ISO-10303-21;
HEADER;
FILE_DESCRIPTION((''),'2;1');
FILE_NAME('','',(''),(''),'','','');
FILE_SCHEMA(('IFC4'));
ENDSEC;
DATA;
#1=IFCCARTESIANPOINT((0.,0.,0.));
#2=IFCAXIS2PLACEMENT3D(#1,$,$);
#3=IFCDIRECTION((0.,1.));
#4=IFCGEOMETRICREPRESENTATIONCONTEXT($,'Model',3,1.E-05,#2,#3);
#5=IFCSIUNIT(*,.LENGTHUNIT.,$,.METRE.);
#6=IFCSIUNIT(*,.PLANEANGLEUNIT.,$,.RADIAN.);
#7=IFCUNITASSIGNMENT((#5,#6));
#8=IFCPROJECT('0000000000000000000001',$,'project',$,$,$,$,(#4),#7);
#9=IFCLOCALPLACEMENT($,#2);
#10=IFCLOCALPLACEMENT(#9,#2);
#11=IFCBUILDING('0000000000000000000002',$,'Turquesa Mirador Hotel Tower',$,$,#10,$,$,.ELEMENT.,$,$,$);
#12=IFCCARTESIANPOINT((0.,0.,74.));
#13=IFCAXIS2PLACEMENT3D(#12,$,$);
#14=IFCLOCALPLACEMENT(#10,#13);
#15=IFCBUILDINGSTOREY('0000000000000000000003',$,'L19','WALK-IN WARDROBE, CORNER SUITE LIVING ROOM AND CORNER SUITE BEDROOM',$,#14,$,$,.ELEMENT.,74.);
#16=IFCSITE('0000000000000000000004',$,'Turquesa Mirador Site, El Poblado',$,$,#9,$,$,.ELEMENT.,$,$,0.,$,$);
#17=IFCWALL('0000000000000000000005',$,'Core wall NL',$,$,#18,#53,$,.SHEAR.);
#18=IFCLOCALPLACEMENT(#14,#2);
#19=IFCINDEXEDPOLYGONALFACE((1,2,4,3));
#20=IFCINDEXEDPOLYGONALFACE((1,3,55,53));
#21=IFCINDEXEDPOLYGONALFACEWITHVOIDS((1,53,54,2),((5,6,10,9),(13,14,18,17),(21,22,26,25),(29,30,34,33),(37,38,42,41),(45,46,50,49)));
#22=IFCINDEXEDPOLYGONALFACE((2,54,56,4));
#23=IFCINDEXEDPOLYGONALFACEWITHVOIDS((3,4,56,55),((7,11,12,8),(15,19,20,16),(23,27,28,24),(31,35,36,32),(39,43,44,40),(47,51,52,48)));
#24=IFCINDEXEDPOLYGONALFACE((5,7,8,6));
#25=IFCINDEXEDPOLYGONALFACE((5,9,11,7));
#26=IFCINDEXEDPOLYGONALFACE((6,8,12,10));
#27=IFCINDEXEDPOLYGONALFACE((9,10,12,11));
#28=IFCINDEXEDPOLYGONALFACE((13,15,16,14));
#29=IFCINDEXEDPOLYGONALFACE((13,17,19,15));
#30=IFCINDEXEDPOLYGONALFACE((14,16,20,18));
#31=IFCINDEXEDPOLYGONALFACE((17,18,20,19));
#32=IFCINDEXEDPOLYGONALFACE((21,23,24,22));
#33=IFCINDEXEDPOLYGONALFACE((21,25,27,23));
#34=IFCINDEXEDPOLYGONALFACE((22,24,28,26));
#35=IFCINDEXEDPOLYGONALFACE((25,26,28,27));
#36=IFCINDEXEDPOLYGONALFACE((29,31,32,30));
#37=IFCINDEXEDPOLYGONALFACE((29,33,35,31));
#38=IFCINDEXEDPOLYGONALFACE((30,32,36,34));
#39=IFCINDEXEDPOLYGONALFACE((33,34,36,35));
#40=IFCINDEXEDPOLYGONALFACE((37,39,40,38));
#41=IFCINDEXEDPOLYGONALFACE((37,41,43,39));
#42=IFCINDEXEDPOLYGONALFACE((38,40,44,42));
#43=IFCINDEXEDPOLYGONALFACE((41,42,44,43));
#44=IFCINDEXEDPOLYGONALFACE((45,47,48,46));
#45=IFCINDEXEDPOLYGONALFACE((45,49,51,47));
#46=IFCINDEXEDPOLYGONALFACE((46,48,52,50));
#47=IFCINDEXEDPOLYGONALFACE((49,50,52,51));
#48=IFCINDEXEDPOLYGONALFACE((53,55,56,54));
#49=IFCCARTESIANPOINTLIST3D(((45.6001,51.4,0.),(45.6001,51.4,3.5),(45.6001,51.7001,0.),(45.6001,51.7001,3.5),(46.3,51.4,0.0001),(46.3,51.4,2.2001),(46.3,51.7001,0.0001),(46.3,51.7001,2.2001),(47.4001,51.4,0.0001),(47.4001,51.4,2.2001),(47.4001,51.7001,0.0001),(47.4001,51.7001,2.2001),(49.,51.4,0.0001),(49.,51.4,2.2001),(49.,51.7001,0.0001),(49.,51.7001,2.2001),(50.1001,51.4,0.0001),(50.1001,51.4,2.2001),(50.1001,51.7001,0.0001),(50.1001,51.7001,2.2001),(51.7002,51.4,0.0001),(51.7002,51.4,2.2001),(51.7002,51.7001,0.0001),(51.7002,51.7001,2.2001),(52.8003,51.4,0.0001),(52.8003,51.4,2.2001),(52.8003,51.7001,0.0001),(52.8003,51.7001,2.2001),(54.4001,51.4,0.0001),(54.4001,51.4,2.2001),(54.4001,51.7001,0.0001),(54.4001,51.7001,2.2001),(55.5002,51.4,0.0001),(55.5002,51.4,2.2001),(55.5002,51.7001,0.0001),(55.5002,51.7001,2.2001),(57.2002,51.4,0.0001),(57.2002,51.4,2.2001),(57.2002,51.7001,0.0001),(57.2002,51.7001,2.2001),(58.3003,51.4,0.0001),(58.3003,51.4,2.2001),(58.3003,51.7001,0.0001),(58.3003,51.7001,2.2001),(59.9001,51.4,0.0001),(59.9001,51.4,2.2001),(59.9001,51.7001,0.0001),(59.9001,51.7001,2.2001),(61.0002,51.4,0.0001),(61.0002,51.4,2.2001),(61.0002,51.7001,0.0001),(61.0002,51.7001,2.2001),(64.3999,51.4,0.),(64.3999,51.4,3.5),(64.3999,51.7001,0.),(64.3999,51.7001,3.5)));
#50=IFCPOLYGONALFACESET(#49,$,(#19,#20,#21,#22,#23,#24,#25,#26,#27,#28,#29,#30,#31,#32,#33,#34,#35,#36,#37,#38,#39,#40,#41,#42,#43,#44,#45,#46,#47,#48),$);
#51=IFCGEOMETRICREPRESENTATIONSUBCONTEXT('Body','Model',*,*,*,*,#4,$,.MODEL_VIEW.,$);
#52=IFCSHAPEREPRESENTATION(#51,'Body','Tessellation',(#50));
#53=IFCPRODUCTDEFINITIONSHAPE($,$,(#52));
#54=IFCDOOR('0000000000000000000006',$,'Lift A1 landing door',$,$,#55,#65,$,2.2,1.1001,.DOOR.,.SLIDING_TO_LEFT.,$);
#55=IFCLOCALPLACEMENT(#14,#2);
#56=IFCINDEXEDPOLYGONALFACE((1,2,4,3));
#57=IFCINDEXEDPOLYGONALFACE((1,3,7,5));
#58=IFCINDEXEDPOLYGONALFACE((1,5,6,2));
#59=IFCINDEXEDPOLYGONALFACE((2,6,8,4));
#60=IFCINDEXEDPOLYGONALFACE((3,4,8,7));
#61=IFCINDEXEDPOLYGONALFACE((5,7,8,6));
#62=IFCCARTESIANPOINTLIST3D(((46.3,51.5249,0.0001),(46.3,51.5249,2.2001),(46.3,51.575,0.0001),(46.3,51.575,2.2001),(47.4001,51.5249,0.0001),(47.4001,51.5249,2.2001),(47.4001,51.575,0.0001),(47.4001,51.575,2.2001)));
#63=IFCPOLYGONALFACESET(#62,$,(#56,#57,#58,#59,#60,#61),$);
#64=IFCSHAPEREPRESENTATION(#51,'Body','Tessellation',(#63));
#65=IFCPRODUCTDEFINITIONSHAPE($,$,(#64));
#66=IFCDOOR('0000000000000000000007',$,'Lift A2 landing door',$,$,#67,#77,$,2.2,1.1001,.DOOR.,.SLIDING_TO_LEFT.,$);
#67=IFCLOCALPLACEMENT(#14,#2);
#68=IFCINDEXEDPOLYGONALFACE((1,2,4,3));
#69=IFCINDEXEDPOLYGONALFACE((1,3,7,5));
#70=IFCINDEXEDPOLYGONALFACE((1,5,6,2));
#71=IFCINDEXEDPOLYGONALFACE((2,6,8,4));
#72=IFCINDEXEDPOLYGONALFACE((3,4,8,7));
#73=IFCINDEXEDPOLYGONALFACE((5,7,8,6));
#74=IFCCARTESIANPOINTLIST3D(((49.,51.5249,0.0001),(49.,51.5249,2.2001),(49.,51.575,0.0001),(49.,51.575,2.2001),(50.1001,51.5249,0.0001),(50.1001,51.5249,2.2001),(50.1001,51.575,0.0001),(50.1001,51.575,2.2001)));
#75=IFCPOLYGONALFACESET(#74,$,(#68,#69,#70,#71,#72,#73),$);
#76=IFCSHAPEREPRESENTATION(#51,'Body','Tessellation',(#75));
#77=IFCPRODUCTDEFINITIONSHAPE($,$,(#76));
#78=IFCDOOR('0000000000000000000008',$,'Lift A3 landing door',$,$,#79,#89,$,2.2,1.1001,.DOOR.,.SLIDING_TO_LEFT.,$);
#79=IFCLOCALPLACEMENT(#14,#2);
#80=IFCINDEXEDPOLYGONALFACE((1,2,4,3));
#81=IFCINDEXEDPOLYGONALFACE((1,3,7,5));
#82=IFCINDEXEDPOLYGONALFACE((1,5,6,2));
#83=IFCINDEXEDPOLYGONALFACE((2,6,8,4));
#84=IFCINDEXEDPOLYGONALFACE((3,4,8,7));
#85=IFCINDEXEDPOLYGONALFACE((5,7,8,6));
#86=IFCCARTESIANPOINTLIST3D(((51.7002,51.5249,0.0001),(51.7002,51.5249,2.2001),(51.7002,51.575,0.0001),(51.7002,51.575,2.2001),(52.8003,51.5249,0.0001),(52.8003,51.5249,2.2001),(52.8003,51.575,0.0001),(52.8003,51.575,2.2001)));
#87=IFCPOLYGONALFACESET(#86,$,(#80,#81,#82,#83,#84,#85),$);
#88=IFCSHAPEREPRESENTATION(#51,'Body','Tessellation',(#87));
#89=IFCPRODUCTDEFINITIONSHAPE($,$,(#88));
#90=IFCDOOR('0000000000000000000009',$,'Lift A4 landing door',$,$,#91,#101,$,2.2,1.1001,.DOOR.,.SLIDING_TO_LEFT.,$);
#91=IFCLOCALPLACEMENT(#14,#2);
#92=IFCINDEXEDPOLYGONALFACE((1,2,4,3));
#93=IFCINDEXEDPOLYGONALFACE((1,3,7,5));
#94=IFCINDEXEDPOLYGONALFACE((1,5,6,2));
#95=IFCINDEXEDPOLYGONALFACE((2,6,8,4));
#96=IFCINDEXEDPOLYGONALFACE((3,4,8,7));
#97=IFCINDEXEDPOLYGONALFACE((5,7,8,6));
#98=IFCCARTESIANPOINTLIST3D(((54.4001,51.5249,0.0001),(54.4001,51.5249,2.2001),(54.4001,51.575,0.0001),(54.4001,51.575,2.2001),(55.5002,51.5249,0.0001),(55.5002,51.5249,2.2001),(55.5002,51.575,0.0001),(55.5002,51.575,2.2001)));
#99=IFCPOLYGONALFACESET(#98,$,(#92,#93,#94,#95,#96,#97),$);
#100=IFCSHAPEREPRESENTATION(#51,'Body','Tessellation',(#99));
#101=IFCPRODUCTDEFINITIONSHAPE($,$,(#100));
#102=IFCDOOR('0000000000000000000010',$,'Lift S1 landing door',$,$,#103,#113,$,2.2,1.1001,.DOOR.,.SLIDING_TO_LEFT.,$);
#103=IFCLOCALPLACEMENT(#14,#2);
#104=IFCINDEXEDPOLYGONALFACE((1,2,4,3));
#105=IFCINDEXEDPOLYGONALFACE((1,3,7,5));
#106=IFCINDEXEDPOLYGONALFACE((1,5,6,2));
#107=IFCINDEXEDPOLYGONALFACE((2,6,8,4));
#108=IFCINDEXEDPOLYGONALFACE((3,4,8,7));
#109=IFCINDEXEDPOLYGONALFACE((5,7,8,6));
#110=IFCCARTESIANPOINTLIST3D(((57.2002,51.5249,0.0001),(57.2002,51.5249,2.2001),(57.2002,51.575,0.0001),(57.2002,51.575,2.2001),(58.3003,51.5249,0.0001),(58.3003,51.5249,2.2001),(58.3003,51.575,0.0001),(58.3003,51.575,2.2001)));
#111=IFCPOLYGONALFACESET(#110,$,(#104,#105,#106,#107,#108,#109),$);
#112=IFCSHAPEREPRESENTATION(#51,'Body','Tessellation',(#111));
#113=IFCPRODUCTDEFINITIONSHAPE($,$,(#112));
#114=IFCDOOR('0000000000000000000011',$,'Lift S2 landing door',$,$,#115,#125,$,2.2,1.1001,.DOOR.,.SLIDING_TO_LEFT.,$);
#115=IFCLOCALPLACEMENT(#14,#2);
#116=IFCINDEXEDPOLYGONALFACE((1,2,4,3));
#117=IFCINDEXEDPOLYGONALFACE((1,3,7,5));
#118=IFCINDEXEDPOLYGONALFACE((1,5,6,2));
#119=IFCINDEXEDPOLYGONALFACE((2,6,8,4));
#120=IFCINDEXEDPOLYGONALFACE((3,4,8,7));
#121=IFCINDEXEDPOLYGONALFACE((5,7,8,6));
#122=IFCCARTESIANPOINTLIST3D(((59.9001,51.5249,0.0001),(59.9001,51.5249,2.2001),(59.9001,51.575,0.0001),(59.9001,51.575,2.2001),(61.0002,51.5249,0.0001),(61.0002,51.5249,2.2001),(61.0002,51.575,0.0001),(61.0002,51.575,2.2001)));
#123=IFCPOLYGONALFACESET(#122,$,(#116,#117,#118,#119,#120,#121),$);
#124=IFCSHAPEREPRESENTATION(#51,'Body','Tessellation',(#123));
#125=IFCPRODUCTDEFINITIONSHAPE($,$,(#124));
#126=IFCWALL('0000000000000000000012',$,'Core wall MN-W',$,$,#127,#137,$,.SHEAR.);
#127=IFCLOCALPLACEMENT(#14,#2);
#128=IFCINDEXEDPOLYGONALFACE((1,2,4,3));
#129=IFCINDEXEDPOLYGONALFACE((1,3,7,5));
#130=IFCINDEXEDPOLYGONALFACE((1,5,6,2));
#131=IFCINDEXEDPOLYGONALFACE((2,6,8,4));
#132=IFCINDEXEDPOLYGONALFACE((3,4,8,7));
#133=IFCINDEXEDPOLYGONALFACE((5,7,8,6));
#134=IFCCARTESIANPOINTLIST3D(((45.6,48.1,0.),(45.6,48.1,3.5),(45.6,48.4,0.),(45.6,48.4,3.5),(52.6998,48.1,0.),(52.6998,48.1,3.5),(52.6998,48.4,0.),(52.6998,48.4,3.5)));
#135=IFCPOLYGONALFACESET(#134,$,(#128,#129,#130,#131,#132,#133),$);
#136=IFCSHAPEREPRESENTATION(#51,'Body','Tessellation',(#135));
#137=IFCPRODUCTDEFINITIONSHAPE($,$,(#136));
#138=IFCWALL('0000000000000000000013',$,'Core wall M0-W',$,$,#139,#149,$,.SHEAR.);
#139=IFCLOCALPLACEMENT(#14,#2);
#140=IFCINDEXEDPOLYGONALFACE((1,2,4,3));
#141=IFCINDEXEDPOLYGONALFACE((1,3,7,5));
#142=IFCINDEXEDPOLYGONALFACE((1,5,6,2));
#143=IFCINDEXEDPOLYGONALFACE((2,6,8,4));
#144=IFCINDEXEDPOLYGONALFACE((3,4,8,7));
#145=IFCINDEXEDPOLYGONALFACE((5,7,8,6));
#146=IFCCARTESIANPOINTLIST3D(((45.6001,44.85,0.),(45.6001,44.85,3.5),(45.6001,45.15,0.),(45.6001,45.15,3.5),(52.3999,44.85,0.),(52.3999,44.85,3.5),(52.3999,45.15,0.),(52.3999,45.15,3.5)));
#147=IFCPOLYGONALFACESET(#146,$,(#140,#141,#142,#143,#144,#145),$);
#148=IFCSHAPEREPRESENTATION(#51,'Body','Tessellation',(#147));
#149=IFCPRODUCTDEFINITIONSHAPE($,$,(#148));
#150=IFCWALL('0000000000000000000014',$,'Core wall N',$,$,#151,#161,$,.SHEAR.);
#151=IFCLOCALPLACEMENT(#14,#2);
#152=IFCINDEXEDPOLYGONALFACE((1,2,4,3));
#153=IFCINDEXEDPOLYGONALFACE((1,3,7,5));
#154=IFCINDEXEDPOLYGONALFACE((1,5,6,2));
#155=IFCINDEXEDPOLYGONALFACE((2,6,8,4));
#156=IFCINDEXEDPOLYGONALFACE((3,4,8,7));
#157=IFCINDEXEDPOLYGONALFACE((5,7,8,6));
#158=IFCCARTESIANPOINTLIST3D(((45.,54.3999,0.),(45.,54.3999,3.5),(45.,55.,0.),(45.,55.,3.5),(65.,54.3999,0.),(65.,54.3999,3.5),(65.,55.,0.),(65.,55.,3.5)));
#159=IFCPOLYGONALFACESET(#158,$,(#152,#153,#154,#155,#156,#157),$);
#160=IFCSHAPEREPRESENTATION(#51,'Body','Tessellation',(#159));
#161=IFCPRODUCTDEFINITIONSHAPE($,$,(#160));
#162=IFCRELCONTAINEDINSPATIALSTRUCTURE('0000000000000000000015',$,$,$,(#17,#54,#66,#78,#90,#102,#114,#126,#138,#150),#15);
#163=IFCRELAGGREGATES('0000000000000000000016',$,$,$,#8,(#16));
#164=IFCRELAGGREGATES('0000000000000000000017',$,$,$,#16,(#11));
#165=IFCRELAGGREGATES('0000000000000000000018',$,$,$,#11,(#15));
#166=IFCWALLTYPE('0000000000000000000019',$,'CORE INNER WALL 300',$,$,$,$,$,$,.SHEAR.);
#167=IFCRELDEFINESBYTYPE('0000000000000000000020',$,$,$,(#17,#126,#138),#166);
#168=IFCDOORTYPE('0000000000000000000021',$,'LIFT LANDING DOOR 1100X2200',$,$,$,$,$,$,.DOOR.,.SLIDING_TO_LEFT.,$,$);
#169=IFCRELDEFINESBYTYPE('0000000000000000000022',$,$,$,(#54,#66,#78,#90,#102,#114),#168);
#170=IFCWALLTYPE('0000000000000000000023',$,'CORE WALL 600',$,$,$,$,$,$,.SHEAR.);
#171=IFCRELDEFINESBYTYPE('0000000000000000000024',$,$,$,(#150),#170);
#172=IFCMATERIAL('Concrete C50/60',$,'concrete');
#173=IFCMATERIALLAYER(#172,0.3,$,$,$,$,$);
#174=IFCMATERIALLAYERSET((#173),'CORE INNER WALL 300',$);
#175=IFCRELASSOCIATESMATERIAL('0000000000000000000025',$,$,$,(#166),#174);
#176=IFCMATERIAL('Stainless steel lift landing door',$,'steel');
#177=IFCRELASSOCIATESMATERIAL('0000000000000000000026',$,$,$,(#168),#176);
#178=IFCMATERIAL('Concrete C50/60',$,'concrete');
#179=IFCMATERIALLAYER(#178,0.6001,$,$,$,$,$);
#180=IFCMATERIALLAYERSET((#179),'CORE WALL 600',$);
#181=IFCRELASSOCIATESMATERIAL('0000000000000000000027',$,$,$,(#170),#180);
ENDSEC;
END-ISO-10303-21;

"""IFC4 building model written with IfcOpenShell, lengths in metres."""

from ifc_helpers import new_model, si_unit, direction, frame, frame_2d, origin, place, context, subcontext, project, spatial, rectangle, extrude, material, layer, layer_set, type_object, element, fill, save


model = new_model("IFC4")

# Units and contexts
model_context = context("Model", 3, precision=1e-05, world=origin(), true_north=direction((0.0, 1.0)))
body_context = subcontext(model_context, "Body", "Model", "MODEL_VIEW")
ifc_project = project(units=[si_unit("LENGTHUNIT", "METRE"), si_unit("PLANEANGLEUNIT", "RADIAN")], contexts=[model_context])

# Site, building, storey
site_placement = place(None, origin())
site = spatial("IfcSite", under=ifc_project, at=site_placement, Name="Turquesa Mirador Site, El Poblado", CompositionType="ELEMENT", RefElevation=0.0)
building_placement = place(site_placement, origin())
building = spatial("IfcBuilding", under=site, at=building_placement, Name="Turquesa Mirador Hotel Tower", CompositionType="ELEMENT")
storey_placement = place(building_placement, frame((0.0, 0.0, 74.0)))
storey = spatial("IfcBuildingStorey", under=building, at=storey_placement, Name="L19", Description="WALK-IN WARDROBE, CORNER SUITE LIVING ROOM AND CORNER SUITE BEDROOM", CompositionType="ELEMENT", Elevation=74.0)

# Wall, openings, doors
ifc_material_1 = material(Name="Concrete C50/60", Category="concrete")
ifc_layer_1 = layer(ifc_material_1, 0.3)
ifc_layer_set_1 = layer_set([ifc_layer_1], Name="CORE INNER WALL 300")
wall_type_1 = type_object("IfcWallType", Name="CORE INNER WALL 300", PredefinedType="SHEAR", material=ifc_layer_set_1)
wall_1_placement = place(storey_placement, frame((45.6001, 51.55, 0.0), z_axis=(0.0, 0.0, 1.0), x_axis=(1.0, 0.0, 0.0)))
wall_1 = element("IfcWall", 1, at=wall_1_placement, inside=storey, type_object=wall_type_1, Name="Core wall NL", PredefinedType="SHEAR", context=body_context, shape_type="SweptSolid", body=[
    extrude(rectangle(XDim=18.7998, YDim=0.3, at=frame_2d((9.3999, 0.0))), origin(), (0.0, 0.0, 1.0), 3.5),
])
opening_1_placement = place(wall_1_placement, frame((0.7, 0.0, 0.0)))
opening_1 = element("IfcOpeningElement", 2, at=opening_1_placement, cuts=wall_1, PredefinedType="OPENING", context=body_context, shape_type="SweptSolid", body=[
    extrude(rectangle(XDim=1.1001, YDim=2.2, at=frame_2d((0.55, 1.1001))), frame((0.0, 0.1599, 0.0), z_axis=(0.0, -1.0, 0.0), x_axis=(1.0, 0.0, 0.0)), (0.0, 0.0, 1.0), 0.3201),
])
opening_2_placement = place(wall_1_placement, frame((3.3999, 0.0, 0.0)))
opening_2 = element("IfcOpeningElement", 3, at=opening_2_placement, cuts=wall_1, PredefinedType="OPENING", context=body_context, shape_type="SweptSolid", body=[
    extrude(rectangle(XDim=1.1001, YDim=2.2, at=frame_2d((0.55, 1.1001))), frame((0.0, 0.1599, 0.0), z_axis=(0.0, -1.0, 0.0), x_axis=(1.0, 0.0, 0.0)), (0.0, 0.0, 1.0), 0.3201),
])
opening_3_placement = place(wall_1_placement, frame((6.1001, 0.0, 0.0)))
opening_3 = element("IfcOpeningElement", 4, at=opening_3_placement, cuts=wall_1, PredefinedType="OPENING", context=body_context, shape_type="SweptSolid", body=[
    extrude(rectangle(XDim=1.1001, YDim=2.2, at=frame_2d((0.55, 1.1001))), frame((0.0, 0.1599, 0.0), z_axis=(0.0, -1.0, 0.0), x_axis=(1.0, 0.0, 0.0)), (0.0, 0.0, 1.0), 0.3201),
])
opening_4_placement = place(wall_1_placement, frame((8.8, 0.0, 0.0)))
opening_4 = element("IfcOpeningElement", 5, at=opening_4_placement, cuts=wall_1, PredefinedType="OPENING", context=body_context, shape_type="SweptSolid", body=[
    extrude(rectangle(XDim=1.1001, YDim=2.2, at=frame_2d((0.55, 1.1001))), frame((0.0, 0.1599, 0.0), z_axis=(0.0, -1.0, 0.0), x_axis=(1.0, 0.0, 0.0)), (0.0, 0.0, 1.0), 0.3201),
])
opening_5_placement = place(wall_1_placement, frame((11.6001, 0.0, 0.0)))
opening_5 = element("IfcOpeningElement", 6, at=opening_5_placement, cuts=wall_1, PredefinedType="OPENING", context=body_context, shape_type="SweptSolid", body=[
    extrude(rectangle(XDim=1.1001, YDim=2.2, at=frame_2d((0.55, 1.1001))), frame((0.0, 0.1599, 0.0), z_axis=(0.0, -1.0, 0.0), x_axis=(1.0, 0.0, 0.0)), (0.0, 0.0, 1.0), 0.3201),
])
opening_6_placement = place(wall_1_placement, frame((14.3, 0.0, 0.0)))
opening_6 = element("IfcOpeningElement", 7, at=opening_6_placement, cuts=wall_1, PredefinedType="OPENING", context=body_context, shape_type="SweptSolid", body=[
    extrude(rectangle(XDim=1.1001, YDim=2.2, at=frame_2d((0.55, 1.1001))), frame((0.0, 0.1599, 0.0), z_axis=(0.0, -1.0, 0.0), x_axis=(1.0, 0.0, 0.0)), (0.0, 0.0, 1.0), 0.3201),
])
ifc_material_2 = material(Name="Stainless steel lift landing door", Category="steel")
door_type_1 = type_object("IfcDoorType", Name="LIFT LANDING DOOR 1100X2200", OperationType="SLIDING_TO_LEFT", PredefinedType="DOOR", material=ifc_material_2)
door_1_placement = place(opening_1_placement, origin())
door_1 = element("IfcDoor", 8, at=door_1_placement, inside=storey, type_object=door_type_1, Name="Lift A1 landing door", OperationType="SLIDING_TO_LEFT", OverallHeight=2.2, OverallWidth=1.1001, PredefinedType="DOOR", context=body_context, shape_type="SweptSolid", body=[
    extrude(rectangle(XDim=1.1001, YDim=2.2, at=frame_2d((0.55, 1.1001))), frame((0.0, 0.0249, 0.0), z_axis=(0.0, -1.0, 0.0), x_axis=(1.0, 0.0, 0.0)), (0.0, 0.0, 1.0), 0.05),
])
fill(opening_1, door_1)
door_2_placement = place(opening_2_placement, origin())
door_2 = element("IfcDoor", 9, at=door_2_placement, inside=storey, type_object=door_type_1, Name="Lift A2 landing door", OperationType="SLIDING_TO_LEFT", OverallHeight=2.2, OverallWidth=1.1001, PredefinedType="DOOR", context=body_context, shape_type="SweptSolid", body=[
    extrude(rectangle(XDim=1.1001, YDim=2.2, at=frame_2d((0.55, 1.1001))), frame((0.0, 0.0249, 0.0), z_axis=(0.0, -1.0, 0.0), x_axis=(1.0, 0.0, 0.0)), (0.0, 0.0, 1.0), 0.05),
])
fill(opening_2, door_2)
door_3_placement = place(opening_3_placement, origin())
door_3 = element("IfcDoor", 10, at=door_3_placement, inside=storey, type_object=door_type_1, Name="Lift A3 landing door", OperationType="SLIDING_TO_LEFT", OverallHeight=2.2, OverallWidth=1.1001, PredefinedType="DOOR", context=body_context, shape_type="SweptSolid", body=[
    extrude(rectangle(XDim=1.1001, YDim=2.2, at=frame_2d((0.55, 1.1001))), frame((0.0, 0.0249, 0.0), z_axis=(0.0, -1.0, 0.0), x_axis=(1.0, 0.0, 0.0)), (0.0, 0.0, 1.0), 0.05),
])
fill(opening_3, door_3)
door_4_placement = place(opening_4_placement, origin())
door_4 = element("IfcDoor", 11, at=door_4_placement, inside=storey, type_object=door_type_1, Name="Lift A4 landing door", OperationType="SLIDING_TO_LEFT", OverallHeight=2.2, OverallWidth=1.1001, PredefinedType="DOOR", context=body_context, shape_type="SweptSolid", body=[
    extrude(rectangle(XDim=1.1001, YDim=2.2, at=frame_2d((0.55, 1.1001))), frame((0.0, 0.0249, 0.0), z_axis=(0.0, -1.0, 0.0), x_axis=(1.0, 0.0, 0.0)), (0.0, 0.0, 1.0), 0.05),
])
fill(opening_4, door_4)
door_5_placement = place(opening_5_placement, origin())
door_5 = element("IfcDoor", 12, at=door_5_placement, inside=storey, type_object=door_type_1, Name="Lift S1 landing door", OperationType="SLIDING_TO_LEFT", OverallHeight=2.2, OverallWidth=1.1001, PredefinedType="DOOR", context=body_context, shape_type="SweptSolid", body=[
    extrude(rectangle(XDim=1.1001, YDim=2.2, at=frame_2d((0.55, 1.1001))), frame((0.0, 0.0249, 0.0), z_axis=(0.0, -1.0, 0.0), x_axis=(1.0, 0.0, 0.0)), (0.0, 0.0, 1.0), 0.05),
])
fill(opening_5, door_5)
door_6_placement = place(opening_6_placement, origin())
door_6 = element("IfcDoor", 13, at=door_6_placement, inside=storey, type_object=door_type_1, Name="Lift S2 landing door", OperationType="SLIDING_TO_LEFT", OverallHeight=2.2, OverallWidth=1.1001, PredefinedType="DOOR", context=body_context, shape_type="SweptSolid", body=[
    extrude(rectangle(XDim=1.1001, YDim=2.2, at=frame_2d((0.55, 1.1001))), frame((0.0, 0.0249, 0.0), z_axis=(0.0, -1.0, 0.0), x_axis=(1.0, 0.0, 0.0)), (0.0, 0.0, 1.0), 0.05),
])
fill(opening_6, door_6)

# Walls
wall_2_placement = place(storey_placement, frame((45.6001, 48.25, 0.0), z_axis=(0.0, 0.0, 1.0), x_axis=(1.0, 0.0, 0.0)))
element("IfcWall", 14, at=wall_2_placement, inside=storey, type_object=wall_type_1, Name="Core wall MN-W", PredefinedType="SHEAR", context=body_context, shape_type="SweptSolid", body=[
    extrude(rectangle(XDim=7.0999, YDim=0.3, at=frame_2d((3.5498, 0.0))), origin(), (0.0, 0.0, 1.0), 3.5),
])
wall_3_placement = place(storey_placement, frame((45.6001, 45.0, 0.0), z_axis=(0.0, 0.0, 1.0), x_axis=(1.0, 0.0, 0.0)))
element("IfcWall", 15, at=wall_3_placement, inside=storey, type_object=wall_type_1, Name="Core wall M0-W", PredefinedType="SHEAR", context=body_context, shape_type="SweptSolid", body=[
    extrude(rectangle(XDim=6.7998, YDim=0.3, at=frame_2d((3.3999, 0.0))), origin(), (0.0, 0.0, 1.0), 3.5),
])
ifc_material_3 = material(Name="Concrete C50/60", Category="concrete")
ifc_layer_2 = layer(ifc_material_3, 0.6001)
ifc_layer_set_2 = layer_set([ifc_layer_2], Name="CORE WALL 600")
wall_type_2 = type_object("IfcWallType", Name="CORE WALL 600", PredefinedType="SHEAR", material=ifc_layer_set_2)
wall_4_placement = place(storey_placement, frame((45.0, 54.7, 0.0), z_axis=(0.0, 0.0, 1.0), x_axis=(1.0, 0.0, 0.0)))
element("IfcWall", 16, at=wall_4_placement, inside=storey, type_object=wall_type_2, Name="Core wall N", PredefinedType="SHEAR", context=body_context, shape_type="SweptSolid", body=[
    extrude(rectangle(XDim=20.0, YDim=0.6001, at=frame_2d((10.0, 0.0))), origin(), (0.0, 0.0, 1.0), 3.5),
])

save(model, "model.ifc")
